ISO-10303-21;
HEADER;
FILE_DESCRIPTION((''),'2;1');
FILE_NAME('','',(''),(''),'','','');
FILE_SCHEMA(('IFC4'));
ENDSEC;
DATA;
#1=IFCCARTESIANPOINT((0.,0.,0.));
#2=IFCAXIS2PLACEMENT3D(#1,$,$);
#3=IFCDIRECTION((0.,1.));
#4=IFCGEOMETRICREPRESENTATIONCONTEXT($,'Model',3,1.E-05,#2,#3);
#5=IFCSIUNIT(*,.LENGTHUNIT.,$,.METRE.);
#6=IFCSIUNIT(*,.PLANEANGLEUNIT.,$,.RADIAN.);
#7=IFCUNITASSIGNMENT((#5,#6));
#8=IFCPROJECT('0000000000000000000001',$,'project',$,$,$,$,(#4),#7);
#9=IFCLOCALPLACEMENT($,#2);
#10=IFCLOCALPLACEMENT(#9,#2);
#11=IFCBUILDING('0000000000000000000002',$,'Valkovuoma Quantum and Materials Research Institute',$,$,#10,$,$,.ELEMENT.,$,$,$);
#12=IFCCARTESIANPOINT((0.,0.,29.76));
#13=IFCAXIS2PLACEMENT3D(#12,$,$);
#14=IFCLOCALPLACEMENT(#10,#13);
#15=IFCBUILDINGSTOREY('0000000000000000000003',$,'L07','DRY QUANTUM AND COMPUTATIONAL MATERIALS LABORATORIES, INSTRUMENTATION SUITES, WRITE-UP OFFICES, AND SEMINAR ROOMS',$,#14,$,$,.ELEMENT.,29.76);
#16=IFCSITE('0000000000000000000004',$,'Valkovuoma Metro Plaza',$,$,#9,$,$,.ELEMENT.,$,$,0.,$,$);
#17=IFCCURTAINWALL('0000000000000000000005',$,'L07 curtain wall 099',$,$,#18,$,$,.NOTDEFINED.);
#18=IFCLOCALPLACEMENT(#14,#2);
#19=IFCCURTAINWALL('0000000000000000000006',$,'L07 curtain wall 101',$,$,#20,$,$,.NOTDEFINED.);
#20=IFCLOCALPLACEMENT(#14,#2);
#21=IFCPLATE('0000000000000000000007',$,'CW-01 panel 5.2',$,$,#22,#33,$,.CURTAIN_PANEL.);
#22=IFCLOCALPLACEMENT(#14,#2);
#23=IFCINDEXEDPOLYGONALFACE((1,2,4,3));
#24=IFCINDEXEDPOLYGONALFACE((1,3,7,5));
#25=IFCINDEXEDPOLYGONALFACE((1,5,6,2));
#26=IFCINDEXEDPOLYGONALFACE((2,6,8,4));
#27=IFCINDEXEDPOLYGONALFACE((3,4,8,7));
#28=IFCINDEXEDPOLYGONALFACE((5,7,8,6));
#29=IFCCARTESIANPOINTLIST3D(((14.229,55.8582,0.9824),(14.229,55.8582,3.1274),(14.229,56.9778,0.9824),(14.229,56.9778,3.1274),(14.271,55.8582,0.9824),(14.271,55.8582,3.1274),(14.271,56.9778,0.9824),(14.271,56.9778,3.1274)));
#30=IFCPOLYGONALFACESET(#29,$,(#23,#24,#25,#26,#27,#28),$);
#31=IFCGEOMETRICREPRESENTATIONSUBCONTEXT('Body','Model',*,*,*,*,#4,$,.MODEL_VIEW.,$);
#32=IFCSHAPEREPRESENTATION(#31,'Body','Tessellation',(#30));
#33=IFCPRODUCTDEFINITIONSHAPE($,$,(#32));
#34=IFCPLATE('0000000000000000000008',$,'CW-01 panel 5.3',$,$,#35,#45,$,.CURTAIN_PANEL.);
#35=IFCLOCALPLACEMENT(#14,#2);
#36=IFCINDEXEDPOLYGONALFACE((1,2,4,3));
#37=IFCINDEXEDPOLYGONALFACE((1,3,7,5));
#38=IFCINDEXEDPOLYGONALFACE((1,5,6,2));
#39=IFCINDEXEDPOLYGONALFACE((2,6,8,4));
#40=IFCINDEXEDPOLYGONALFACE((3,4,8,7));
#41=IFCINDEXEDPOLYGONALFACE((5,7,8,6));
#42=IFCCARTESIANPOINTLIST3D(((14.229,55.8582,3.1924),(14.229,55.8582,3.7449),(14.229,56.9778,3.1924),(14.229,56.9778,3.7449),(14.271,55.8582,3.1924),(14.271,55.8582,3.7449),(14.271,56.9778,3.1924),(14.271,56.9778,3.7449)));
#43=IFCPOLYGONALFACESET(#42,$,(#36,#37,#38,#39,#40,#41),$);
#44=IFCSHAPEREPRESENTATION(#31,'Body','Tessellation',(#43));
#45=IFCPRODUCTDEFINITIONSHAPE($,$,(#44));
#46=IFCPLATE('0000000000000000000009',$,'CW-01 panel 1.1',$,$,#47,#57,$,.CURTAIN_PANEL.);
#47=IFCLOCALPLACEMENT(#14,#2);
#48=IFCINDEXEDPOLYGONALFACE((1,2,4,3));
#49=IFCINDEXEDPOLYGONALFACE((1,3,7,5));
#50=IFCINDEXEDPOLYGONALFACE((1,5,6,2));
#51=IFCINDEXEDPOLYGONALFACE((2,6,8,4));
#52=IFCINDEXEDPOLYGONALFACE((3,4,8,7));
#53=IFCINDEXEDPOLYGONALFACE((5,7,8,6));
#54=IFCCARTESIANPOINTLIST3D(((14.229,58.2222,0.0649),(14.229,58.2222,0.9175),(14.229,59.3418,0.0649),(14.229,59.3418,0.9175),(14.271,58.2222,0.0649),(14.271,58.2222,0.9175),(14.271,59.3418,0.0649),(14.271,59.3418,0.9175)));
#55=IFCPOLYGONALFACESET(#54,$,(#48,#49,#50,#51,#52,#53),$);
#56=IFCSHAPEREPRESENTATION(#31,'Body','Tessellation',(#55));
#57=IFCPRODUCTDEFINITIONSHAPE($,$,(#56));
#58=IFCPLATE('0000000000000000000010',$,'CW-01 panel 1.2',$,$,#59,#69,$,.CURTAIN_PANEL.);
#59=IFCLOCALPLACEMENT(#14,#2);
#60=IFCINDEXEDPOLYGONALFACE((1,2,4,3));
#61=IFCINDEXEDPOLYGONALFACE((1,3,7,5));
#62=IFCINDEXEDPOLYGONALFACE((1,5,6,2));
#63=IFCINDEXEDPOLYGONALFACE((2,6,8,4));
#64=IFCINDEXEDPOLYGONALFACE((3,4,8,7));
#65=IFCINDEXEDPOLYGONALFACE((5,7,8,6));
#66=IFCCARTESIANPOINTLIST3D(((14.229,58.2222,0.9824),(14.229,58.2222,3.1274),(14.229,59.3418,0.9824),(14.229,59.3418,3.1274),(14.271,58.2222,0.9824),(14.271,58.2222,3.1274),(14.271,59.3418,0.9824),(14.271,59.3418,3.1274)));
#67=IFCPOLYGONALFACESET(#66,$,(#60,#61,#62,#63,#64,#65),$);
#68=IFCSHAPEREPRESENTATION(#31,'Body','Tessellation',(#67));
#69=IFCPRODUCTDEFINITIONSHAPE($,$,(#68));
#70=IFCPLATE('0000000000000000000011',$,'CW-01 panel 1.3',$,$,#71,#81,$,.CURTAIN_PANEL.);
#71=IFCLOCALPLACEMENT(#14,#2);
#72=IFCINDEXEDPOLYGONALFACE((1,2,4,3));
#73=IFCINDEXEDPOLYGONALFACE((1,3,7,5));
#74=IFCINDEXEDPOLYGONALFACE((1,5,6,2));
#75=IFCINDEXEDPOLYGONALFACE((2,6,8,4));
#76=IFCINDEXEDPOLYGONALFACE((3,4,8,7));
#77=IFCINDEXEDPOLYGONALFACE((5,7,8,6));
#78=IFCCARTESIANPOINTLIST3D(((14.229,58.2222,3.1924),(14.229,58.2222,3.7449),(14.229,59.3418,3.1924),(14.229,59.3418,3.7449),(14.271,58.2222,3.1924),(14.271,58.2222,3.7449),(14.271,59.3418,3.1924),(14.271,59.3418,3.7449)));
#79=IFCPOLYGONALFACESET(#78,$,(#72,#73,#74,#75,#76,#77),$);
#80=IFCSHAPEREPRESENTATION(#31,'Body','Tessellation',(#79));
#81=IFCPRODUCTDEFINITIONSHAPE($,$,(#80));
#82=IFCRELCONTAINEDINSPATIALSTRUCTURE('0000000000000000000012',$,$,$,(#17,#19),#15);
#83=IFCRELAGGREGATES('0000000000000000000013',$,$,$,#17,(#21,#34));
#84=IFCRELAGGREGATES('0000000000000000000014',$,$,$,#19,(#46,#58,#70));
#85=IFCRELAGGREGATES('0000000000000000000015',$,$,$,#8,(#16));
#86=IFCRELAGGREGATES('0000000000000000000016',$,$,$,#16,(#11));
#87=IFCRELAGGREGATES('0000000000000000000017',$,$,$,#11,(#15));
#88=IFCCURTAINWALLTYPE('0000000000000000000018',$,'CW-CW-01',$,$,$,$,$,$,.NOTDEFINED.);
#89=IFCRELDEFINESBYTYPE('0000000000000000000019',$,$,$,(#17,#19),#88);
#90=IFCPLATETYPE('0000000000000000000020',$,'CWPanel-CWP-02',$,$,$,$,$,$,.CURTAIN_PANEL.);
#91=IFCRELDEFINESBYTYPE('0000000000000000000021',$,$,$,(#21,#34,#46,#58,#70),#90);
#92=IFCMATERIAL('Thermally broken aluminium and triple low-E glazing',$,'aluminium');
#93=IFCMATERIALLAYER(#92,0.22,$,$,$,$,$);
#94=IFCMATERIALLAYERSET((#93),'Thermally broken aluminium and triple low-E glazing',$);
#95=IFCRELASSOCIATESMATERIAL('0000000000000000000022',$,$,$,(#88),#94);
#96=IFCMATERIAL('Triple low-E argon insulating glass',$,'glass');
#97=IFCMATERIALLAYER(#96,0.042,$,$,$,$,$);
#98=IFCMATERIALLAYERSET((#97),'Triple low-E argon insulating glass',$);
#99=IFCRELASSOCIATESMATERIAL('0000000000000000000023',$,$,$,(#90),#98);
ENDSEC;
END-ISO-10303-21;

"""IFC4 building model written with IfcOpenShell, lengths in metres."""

from ifc_helpers import new_model, si_unit, direction, frame, origin, origin_2d, place, context, subcontext, project, spatial, rectangle, extrude, material, layer, layer_set, type_object, element, aggregate, save


model = new_model("IFC4")

# Units and contexts
model_context = context("Model", 3, precision=1e-05, world=origin(), true_north=direction((0.0, 1.0)))
body_context = subcontext(model_context, "Body", "Model", "MODEL_VIEW")
ifc_project = project(units=[si_unit("LENGTHUNIT", "METRE"), si_unit("PLANEANGLEUNIT", "RADIAN")], contexts=[model_context])

# Site, building, storey
site_placement = place(None, origin())
site = spatial("IfcSite", under=ifc_project, at=site_placement, Name="Valkovuoma Metro Plaza", CompositionType="ELEMENT", RefElevation=0.0)
building_placement = place(site_placement, origin())
building = spatial("IfcBuilding", under=site, at=building_placement, Name="Valkovuoma Quantum and Materials Research Institute", CompositionType="ELEMENT")
storey_placement = place(building_placement, frame((0.0, 0.0, 29.76)))
storey = spatial("IfcBuildingStorey", under=building, at=storey_placement, Name="L07", Description="DRY QUANTUM AND COMPUTATIONAL MATERIALS LABORATORIES, INSTRUMENTATION SUITES, WRITE-UP OFFICES, AND SEMINAR ROOMS", CompositionType="ELEMENT", Elevation=29.76)

# Curtain wall
ifc_material_1 = material(Name="Thermally broken aluminium and triple low-E glazing", Category="aluminium")
ifc_layer_1 = layer(ifc_material_1, 0.22)
ifc_layer_set_1 = layer_set([ifc_layer_1], Name="Thermally broken aluminium and triple low-E glazing")
curtain_wall_type = type_object("IfcCurtainWallType", Name="CW-CW-01", PredefinedType="NOTDEFINED", material=ifc_layer_set_1)
curtain_wall_1_placement = place(storey_placement, origin())
curtain_wall_1 = element("IfcCurtainWall", 1, at=curtain_wall_1_placement, inside=storey, type_object=curtain_wall_type, Name="L07 curtain wall 099", PredefinedType="NOTDEFINED")

# Curtain wall
curtain_wall_2_placement = place(storey_placement, origin())
curtain_wall_2 = element("IfcCurtainWall", 2, at=curtain_wall_2_placement, inside=storey, type_object=curtain_wall_type, Name="L07 curtain wall 101", PredefinedType="NOTDEFINED")

# Plates
ifc_material_2 = material(Name="Triple low-E argon insulating glass", Category="glass")
ifc_layer_2 = layer(ifc_material_2, 0.042)
ifc_layer_set_2 = layer_set([ifc_layer_2], Name="Triple low-E argon insulating glass")
plate_type = type_object("IfcPlateType", Name="CWPanel-CWP-02", PredefinedType="CURTAIN_PANEL", material=ifc_layer_set_2)
plate_1_placement = place(storey_placement, frame((14.25, 56.418, 0.9824), z_axis=(0.0, 0.0, 1.0), x_axis=(0.0, 1.0, 0.0)))
plate_1 = element("IfcPlate", 3, at=plate_1_placement, type_object=plate_type, Name="CW-01 panel 5.2", PredefinedType="CURTAIN_PANEL", context=body_context, shape_type="SweptSolid", body=[
    extrude(rectangle(XDim=1.1196, YDim=0.042, at=origin_2d()), origin(), (0.0, 0.0, 1.0), 2.145),
])
plate_2_placement = place(storey_placement, frame((14.25, 56.418, 3.1924), z_axis=(0.0, 0.0, 1.0), x_axis=(0.0, 1.0, 0.0)))
plate_2 = element("IfcPlate", 4, at=plate_2_placement, type_object=plate_type, Name="CW-01 panel 5.3", PredefinedType="CURTAIN_PANEL", context=body_context, shape_type="SweptSolid", body=[
    extrude(rectangle(XDim=1.1196, YDim=0.042, at=origin_2d()), origin(), (0.0, 0.0, 1.0), 0.5525),
])
aggregate(curtain_wall_1, [plate_1, plate_2])
plate_3_placement = place(storey_placement, frame((14.25, 58.782, 0.0649), z_axis=(0.0, 0.0, 1.0), x_axis=(0.0, 1.0, 0.0)))
plate_3 = element("IfcPlate", 5, at=plate_3_placement, type_object=plate_type, Name="CW-01 panel 1.1", PredefinedType="CURTAIN_PANEL", context=body_context, shape_type="SweptSolid", body=[
    extrude(rectangle(XDim=1.1196, YDim=0.042, at=origin_2d()), origin(), (0.0, 0.0, 1.0), 0.8525),
])
plate_4_placement = place(storey_placement, frame((14.25, 58.782, 0.9824), z_axis=(0.0, 0.0, 1.0), x_axis=(0.0, 1.0, 0.0)))
plate_4 = element("IfcPlate", 6, at=plate_4_placement, type_object=plate_type, Name="CW-01 panel 1.2", PredefinedType="CURTAIN_PANEL", context=body_context, shape_type="SweptSolid", body=[
    extrude(rectangle(XDim=1.1196, YDim=0.042, at=origin_2d()), origin(), (0.0, 0.0, 1.0), 2.145),
])
plate_5_placement = place(storey_placement, frame((14.25, 58.782, 3.1924), z_axis=(0.0, 0.0, 1.0), x_axis=(0.0, 1.0, 0.0)))
plate_5 = element("IfcPlate", 7, at=plate_5_placement, type_object=plate_type, Name="CW-01 panel 1.3", PredefinedType="CURTAIN_PANEL", context=body_context, shape_type="SweptSolid", body=[
    extrude(rectangle(XDim=1.1196, YDim=0.042, at=origin_2d()), origin(), (0.0, 0.0, 1.0), 0.5525),
])
aggregate(curtain_wall_2, [plate_3, plate_4, plate_5])

save(model, "model.ifc")
